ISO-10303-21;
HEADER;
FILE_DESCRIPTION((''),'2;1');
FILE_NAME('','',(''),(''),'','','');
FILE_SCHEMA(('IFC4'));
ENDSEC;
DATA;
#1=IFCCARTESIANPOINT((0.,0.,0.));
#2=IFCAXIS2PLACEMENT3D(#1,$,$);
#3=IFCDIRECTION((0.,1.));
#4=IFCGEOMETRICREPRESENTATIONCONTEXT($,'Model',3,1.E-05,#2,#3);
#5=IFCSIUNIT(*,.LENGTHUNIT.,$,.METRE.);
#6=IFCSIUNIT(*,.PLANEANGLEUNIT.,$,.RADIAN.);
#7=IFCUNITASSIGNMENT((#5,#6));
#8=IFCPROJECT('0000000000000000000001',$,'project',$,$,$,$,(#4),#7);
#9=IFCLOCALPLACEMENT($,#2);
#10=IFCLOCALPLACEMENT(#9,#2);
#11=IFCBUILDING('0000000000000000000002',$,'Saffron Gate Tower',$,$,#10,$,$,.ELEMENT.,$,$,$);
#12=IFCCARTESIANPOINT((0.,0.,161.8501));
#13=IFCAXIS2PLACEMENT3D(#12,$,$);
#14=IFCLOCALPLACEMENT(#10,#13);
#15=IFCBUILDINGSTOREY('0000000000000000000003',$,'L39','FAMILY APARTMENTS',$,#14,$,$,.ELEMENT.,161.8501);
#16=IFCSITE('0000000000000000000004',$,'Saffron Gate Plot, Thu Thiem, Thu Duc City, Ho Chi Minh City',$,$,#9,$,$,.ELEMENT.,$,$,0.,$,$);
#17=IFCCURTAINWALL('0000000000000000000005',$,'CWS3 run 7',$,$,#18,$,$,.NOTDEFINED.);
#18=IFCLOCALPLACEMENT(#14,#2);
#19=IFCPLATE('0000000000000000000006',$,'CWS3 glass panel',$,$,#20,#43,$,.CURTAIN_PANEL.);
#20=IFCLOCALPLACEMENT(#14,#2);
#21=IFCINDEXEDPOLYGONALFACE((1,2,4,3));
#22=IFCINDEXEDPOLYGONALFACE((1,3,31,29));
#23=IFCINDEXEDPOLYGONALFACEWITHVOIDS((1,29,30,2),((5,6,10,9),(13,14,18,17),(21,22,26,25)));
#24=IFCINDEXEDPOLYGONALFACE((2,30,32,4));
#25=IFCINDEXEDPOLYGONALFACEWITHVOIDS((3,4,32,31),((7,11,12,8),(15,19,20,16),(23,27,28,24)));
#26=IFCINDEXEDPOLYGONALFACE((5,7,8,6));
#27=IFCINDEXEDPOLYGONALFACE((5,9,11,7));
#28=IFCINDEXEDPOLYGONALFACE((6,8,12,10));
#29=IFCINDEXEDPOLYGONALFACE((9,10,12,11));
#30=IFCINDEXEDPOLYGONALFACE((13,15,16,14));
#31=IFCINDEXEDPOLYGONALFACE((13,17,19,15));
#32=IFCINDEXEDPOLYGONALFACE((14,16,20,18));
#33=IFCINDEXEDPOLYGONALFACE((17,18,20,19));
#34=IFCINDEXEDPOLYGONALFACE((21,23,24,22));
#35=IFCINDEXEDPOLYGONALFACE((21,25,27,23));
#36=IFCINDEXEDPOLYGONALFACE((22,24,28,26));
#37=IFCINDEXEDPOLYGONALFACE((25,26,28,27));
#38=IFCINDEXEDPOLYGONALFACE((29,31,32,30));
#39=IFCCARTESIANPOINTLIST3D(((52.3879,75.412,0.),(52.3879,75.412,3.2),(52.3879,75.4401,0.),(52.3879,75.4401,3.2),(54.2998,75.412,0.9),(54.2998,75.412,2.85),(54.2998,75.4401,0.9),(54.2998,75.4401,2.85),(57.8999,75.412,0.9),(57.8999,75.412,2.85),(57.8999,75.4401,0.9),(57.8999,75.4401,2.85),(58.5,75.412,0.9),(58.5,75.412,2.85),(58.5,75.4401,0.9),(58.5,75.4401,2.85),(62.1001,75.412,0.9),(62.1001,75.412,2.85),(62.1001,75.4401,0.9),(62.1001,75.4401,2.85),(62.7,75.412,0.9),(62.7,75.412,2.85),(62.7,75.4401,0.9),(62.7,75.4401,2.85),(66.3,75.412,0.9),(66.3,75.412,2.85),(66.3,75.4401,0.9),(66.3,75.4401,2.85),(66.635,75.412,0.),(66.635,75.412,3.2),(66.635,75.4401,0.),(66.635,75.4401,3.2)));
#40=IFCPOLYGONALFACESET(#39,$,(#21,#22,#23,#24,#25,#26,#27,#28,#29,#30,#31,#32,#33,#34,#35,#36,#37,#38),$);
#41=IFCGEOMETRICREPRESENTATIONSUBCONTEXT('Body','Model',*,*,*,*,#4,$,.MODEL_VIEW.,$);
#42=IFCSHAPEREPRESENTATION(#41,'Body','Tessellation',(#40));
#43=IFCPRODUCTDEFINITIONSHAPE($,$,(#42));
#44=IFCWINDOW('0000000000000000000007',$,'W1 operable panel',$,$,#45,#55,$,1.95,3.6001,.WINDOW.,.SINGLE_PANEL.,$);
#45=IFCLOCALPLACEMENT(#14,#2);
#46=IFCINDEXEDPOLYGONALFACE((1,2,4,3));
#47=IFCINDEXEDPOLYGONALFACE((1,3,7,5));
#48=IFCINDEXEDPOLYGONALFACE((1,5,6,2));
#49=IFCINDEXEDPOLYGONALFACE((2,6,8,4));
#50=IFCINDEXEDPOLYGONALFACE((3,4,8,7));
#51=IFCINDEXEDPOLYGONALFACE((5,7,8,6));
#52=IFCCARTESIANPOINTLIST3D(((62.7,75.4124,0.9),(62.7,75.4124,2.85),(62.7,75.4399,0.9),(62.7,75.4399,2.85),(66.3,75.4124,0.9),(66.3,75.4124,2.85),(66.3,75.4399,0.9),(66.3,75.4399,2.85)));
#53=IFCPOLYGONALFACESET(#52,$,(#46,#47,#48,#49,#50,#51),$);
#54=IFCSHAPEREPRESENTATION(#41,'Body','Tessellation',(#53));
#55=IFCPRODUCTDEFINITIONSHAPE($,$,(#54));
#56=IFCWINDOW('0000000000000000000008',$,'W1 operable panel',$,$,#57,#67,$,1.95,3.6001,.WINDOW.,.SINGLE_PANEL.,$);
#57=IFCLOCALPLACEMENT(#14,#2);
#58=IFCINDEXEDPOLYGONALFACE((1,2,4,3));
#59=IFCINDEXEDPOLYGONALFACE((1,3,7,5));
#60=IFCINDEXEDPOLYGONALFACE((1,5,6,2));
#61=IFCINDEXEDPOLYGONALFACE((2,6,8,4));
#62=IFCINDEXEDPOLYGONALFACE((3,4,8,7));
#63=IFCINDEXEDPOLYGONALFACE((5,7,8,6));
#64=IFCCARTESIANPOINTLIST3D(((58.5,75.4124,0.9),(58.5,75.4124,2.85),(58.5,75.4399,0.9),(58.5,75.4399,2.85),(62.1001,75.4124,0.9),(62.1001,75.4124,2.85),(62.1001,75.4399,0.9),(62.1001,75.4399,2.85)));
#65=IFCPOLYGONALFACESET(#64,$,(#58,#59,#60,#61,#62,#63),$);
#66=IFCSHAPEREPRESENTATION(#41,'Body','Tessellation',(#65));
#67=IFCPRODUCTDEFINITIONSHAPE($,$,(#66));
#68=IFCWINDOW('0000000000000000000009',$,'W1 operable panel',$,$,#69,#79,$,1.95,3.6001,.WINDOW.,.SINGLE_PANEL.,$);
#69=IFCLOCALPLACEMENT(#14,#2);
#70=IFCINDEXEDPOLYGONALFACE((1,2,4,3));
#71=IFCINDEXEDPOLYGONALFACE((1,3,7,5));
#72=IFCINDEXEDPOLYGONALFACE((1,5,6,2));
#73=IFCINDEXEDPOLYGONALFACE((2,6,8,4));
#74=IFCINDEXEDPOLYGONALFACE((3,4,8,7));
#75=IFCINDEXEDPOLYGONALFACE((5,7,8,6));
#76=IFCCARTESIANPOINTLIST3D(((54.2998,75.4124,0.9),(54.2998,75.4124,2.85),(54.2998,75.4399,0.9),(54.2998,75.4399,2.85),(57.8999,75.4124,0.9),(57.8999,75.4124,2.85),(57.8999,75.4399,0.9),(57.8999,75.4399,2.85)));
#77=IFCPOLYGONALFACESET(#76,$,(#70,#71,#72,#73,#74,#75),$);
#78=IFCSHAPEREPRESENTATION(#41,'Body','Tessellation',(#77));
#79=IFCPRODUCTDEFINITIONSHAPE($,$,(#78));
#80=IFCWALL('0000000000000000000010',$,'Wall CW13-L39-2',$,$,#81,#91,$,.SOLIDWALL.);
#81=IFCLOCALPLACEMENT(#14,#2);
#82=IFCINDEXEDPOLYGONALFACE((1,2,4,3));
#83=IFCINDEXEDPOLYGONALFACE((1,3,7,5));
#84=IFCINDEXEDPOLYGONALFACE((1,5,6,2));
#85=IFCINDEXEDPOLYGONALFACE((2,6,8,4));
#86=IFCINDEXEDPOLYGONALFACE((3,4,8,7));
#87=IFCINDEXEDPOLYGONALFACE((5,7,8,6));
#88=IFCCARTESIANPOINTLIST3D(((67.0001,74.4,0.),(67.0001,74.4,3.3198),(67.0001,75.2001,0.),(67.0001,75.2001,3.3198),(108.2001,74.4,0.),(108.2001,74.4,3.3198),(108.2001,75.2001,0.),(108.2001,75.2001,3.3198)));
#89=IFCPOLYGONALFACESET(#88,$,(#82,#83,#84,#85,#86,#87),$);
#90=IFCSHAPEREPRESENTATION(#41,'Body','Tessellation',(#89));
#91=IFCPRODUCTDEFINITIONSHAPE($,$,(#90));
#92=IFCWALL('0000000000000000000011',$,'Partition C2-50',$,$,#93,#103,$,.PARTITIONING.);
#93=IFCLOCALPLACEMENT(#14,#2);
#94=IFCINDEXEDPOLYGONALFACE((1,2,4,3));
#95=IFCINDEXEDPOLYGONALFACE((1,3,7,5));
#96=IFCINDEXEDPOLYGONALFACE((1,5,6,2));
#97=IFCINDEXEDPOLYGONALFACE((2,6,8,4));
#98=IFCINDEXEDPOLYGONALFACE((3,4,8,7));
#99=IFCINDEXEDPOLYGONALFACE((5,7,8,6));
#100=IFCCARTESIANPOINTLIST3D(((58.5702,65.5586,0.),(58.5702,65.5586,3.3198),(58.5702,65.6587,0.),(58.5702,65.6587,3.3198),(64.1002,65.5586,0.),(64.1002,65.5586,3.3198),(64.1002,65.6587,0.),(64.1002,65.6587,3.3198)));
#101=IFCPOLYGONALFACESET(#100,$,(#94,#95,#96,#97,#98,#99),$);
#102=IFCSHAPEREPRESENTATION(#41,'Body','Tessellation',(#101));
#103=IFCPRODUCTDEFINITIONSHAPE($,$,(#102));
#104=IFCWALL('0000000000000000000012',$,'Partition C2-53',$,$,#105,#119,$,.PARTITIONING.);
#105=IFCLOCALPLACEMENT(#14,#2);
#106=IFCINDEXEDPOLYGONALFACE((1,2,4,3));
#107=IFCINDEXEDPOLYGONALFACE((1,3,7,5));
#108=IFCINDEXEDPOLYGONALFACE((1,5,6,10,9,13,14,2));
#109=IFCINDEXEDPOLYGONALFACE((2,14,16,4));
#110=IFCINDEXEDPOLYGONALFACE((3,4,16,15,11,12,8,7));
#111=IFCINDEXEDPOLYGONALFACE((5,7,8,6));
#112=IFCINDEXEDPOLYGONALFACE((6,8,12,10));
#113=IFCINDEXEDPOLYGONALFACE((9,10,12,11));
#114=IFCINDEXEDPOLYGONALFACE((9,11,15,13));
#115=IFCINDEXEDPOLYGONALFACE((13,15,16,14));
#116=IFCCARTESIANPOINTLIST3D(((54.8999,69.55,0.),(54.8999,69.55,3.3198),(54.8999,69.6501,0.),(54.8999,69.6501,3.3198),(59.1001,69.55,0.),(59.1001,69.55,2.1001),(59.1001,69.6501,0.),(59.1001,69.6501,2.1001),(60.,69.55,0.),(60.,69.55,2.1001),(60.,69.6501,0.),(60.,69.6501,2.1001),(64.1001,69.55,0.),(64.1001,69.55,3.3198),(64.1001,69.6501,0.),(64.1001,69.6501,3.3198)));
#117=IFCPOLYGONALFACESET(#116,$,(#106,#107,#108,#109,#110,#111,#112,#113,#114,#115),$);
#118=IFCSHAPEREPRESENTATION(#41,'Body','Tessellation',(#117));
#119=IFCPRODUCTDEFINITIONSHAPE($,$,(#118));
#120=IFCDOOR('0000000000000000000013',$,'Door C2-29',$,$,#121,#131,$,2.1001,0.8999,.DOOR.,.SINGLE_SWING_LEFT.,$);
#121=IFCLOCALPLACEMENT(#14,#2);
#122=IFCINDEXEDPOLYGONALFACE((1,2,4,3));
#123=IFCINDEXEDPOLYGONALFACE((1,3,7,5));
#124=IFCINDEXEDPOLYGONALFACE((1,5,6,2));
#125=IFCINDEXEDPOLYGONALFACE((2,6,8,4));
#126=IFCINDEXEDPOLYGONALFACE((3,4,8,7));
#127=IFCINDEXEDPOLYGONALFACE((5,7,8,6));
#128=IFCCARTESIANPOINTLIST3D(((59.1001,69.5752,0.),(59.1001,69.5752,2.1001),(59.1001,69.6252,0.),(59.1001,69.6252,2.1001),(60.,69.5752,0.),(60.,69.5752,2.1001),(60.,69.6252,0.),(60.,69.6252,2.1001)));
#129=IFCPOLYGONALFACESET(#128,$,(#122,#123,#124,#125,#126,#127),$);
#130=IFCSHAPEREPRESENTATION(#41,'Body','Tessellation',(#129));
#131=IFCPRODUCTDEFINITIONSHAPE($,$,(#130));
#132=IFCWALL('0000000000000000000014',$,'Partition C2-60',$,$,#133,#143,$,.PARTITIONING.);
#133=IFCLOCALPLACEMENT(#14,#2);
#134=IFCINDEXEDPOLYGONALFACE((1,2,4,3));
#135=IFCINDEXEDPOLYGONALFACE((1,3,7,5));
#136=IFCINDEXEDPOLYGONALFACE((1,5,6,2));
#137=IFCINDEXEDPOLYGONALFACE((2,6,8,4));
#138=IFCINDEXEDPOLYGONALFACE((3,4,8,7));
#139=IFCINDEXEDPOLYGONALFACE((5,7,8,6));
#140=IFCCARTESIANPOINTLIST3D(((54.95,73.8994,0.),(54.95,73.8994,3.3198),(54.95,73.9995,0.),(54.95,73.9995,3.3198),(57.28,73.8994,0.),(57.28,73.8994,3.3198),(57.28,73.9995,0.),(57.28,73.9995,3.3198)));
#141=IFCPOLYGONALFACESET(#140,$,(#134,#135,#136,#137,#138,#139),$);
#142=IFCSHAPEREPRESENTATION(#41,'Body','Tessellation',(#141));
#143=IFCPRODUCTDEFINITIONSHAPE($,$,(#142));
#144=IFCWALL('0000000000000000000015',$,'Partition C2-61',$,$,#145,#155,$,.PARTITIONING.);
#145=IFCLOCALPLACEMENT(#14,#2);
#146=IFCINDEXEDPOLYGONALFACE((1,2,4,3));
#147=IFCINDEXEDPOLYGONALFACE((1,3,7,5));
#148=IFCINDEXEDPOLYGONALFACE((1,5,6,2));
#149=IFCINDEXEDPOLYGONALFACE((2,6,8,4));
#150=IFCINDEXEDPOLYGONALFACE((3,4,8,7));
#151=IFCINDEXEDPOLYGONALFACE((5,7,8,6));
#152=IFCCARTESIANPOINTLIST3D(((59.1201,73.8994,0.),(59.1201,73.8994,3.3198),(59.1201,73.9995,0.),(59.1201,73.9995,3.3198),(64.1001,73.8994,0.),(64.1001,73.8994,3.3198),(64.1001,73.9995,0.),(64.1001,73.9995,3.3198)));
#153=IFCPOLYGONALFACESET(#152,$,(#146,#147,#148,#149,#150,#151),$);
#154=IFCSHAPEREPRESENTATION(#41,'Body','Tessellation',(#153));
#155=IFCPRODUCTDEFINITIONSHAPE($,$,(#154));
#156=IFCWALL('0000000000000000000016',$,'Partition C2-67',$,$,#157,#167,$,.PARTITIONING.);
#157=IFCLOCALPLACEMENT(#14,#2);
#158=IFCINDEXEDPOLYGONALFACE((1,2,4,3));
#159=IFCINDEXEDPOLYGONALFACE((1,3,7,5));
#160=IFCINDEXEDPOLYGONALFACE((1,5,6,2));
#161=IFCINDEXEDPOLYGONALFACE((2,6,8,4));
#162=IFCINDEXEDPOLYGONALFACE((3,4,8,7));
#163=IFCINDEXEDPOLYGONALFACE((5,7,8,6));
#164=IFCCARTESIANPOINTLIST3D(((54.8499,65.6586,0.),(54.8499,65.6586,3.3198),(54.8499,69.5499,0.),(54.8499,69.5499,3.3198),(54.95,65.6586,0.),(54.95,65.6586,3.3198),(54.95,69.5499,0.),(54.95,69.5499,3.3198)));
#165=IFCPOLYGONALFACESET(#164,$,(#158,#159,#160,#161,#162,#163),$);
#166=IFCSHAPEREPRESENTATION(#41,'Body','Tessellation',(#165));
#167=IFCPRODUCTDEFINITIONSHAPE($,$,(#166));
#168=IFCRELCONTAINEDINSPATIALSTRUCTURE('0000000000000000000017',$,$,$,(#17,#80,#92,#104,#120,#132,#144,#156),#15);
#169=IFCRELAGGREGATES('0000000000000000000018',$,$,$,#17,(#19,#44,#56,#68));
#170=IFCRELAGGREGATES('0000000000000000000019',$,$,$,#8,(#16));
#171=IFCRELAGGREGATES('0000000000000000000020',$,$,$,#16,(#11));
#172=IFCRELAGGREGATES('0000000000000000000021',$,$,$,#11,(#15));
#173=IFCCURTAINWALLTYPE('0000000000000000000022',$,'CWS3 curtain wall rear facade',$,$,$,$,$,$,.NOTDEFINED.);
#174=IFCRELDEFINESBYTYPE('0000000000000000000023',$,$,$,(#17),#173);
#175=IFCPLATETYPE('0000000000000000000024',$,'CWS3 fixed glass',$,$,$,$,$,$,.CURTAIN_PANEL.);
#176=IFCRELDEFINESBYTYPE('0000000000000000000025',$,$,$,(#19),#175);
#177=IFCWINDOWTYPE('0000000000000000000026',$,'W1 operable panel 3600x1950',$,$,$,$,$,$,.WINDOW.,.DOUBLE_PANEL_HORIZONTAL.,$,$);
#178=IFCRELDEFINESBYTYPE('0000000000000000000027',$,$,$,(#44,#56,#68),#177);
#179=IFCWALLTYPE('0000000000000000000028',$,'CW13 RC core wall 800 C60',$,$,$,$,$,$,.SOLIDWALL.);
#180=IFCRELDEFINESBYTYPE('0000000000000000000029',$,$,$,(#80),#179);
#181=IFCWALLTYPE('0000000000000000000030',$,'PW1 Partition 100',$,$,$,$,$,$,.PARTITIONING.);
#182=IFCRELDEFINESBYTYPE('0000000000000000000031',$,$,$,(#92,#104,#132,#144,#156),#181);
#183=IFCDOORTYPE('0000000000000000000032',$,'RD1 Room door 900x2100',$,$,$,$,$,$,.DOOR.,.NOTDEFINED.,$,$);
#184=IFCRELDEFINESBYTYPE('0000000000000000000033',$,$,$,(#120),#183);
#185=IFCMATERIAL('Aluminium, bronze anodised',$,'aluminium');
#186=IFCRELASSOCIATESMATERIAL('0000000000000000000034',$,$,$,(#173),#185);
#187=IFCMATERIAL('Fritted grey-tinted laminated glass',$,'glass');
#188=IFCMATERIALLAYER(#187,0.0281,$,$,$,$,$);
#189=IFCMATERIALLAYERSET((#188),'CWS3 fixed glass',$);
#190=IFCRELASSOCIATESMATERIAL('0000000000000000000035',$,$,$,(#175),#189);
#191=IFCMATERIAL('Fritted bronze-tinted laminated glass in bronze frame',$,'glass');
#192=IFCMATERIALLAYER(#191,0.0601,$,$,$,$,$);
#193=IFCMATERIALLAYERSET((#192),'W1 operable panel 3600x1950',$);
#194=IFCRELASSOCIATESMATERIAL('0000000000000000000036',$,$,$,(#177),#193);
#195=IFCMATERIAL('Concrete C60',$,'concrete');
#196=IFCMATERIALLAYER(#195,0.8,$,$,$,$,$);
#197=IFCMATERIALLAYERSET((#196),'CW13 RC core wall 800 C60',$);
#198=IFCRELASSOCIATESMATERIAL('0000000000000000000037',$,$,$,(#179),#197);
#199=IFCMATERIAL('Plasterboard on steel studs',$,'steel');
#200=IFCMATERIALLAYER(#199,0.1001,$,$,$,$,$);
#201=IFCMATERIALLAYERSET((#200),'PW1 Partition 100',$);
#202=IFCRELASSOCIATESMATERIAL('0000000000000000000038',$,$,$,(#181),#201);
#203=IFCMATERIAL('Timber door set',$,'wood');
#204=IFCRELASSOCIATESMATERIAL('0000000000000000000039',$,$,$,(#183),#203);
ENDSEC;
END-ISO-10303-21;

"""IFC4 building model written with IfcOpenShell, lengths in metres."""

from ifc_helpers import new_model, si_unit, direction, frame, frame_2d, origin, place, context, subcontext, project, spatial, rectangle, extrude, material, layer, layer_set, type_object, element, fill, aggregate, save


model = new_model("IFC4")

# Units and contexts
model_context = context("Model", 3, precision=1e-05, world=origin(), true_north=direction((0.0, 1.0)))
body_context = subcontext(model_context, "Body", "Model", "MODEL_VIEW")
ifc_project = project(units=[si_unit("LENGTHUNIT", "METRE"), si_unit("PLANEANGLEUNIT", "RADIAN")], contexts=[model_context])

# Site, building, storey
site_placement = place(None, origin())
site = spatial("IfcSite", under=ifc_project, at=site_placement, Name="Saffron Gate Plot, Thu Thiem, Thu Duc City, Ho Chi Minh City", CompositionType="ELEMENT", RefElevation=0.0)
building_placement = place(site_placement, origin())
building = spatial("IfcBuilding", under=site, at=building_placement, Name="Saffron Gate Tower", CompositionType="ELEMENT")
storey_placement = place(building_placement, frame((0.0, 0.0, 161.8501)))
storey = spatial("IfcBuildingStorey", under=building, at=storey_placement, Name="L39", Description="FAMILY APARTMENTS", CompositionType="ELEMENT", Elevation=161.8501)

# Curtain wall, plate, openings, windows
ifc_material_1 = material(Name="Aluminium, bronze anodised", Category="aluminium")
curtain_wall_type = type_object("IfcCurtainWallType", Name="CWS3 curtain wall rear facade", PredefinedType="NOTDEFINED", material=ifc_material_1)
curtain_wall_placement = place(storey_placement, origin())
curtain_wall = element("IfcCurtainWall", 1, at=curtain_wall_placement, inside=storey, type_object=curtain_wall_type, Name="CWS3 run 7", PredefinedType="NOTDEFINED")
ifc_material_2 = material(Name="Fritted grey-tinted laminated glass", Category="glass")
ifc_layer_1 = layer(ifc_material_2, 0.0281)
ifc_layer_set_1 = layer_set([ifc_layer_1], Name="CWS3 fixed glass")
plate_type = type_object("IfcPlateType", Name="CWS3 fixed glass", PredefinedType="CURTAIN_PANEL", material=ifc_layer_set_1)
plate_placement = place(storey_placement, frame((66.635, 75.426, 0.0), z_axis=(0.0, 0.0, 1.0), x_axis=(-1.0, 0.0, 0.0)))
plate = element("IfcPlate", 2, at=plate_placement, type_object=plate_type, Name="CWS3 glass panel", PredefinedType="CURTAIN_PANEL", context=body_context, shape_type="SweptSolid", body=[
    extrude(rectangle(XDim=14.2471, YDim=0.0281, at=frame_2d((7.1235, 0.0))), origin(), (0.0, 0.0, 1.0), 3.2),
])
opening_1_placement = place(plate_placement, frame((0.335, 0.0, 0.8999)))
opening_1 = element("IfcOpeningElement", 3, at=opening_1_placement, cuts=plate, PredefinedType="OPENING", context=body_context, shape_type="SweptSolid", body=[
    extrude(rectangle(XDim=3.6001, YDim=1.95, at=frame_2d((1.8, 0.9751))), frame((0.0, 0.0239, 0.0), z_axis=(0.0, -1.0, 0.0), x_axis=(1.0, 0.0, 0.0)), (0.0, 0.0, 1.0), 0.0481),
])
opening_2_placement = place(plate_placement, frame((4.5349, 0.0, 0.8999)))
opening_2 = element("IfcOpeningElement", 4, at=opening_2_placement, cuts=plate, PredefinedType="OPENING", context=body_context, shape_type="SweptSolid", body=[
    extrude(rectangle(XDim=3.6001, YDim=1.95, at=frame_2d((1.8, 0.9751))), frame((0.0, 0.0239, 0.0), z_axis=(0.0, -1.0, 0.0), x_axis=(1.0, 0.0, 0.0)), (0.0, 0.0, 1.0), 0.0481),
])
opening_3_placement = place(plate_placement, frame((8.7351, 0.0, 0.8999)))
opening_3 = element("IfcOpeningElement", 5, at=opening_3_placement, cuts=plate, PredefinedType="OPENING", context=body_context, shape_type="SweptSolid", body=[
    extrude(rectangle(XDim=3.6001, YDim=1.95, at=frame_2d((1.8, 0.9751))), frame((0.0, 0.0239, 0.0), z_axis=(0.0, -1.0, 0.0), x_axis=(1.0, 0.0, 0.0)), (0.0, 0.0, 1.0), 0.0481),
])
ifc_material_3 = material(Name="Fritted bronze-tinted laminated glass in bronze frame", Category="glass")
ifc_layer_2 = layer(ifc_material_3, 0.0601)
ifc_layer_set_2 = layer_set([ifc_layer_2], Name="W1 operable panel 3600x1950")
window_type = type_object("IfcWindowType", Name="W1 operable panel 3600x1950", PartitioningType="DOUBLE_PANEL_HORIZONTAL", PredefinedType="WINDOW", material=ifc_layer_set_2)
window_1_placement = place(opening_1_placement, origin())
window_1 = element("IfcWindow", 6, at=window_1_placement, type_object=window_type, Name="W1 operable panel", OverallHeight=1.95, OverallWidth=3.6001, PartitioningType="SINGLE_PANEL", PredefinedType="WINDOW", context=body_context, shape_type="SweptSolid", body=[
    extrude(rectangle(XDim=3.6001, YDim=1.95, at=frame_2d((1.8, 0.9751))), frame((0.0, 0.0137, 0.0), z_axis=(0.0, -1.0, 0.0), x_axis=(1.0, 0.0, 0.0)), (0.0, 0.0, 1.0), 0.0276),
])
fill(opening_1, window_1)
window_2_placement = place(opening_2_placement, origin())
window_2 = element("IfcWindow", 7, at=window_2_placement, type_object=window_type, Name="W1 operable panel", OverallHeight=1.95, OverallWidth=3.6001, PartitioningType="SINGLE_PANEL", PredefinedType="WINDOW", context=body_context, shape_type="SweptSolid", body=[
    extrude(rectangle(XDim=3.6001, YDim=1.95, at=frame_2d((1.8, 0.9751))), frame((0.0, 0.0137, 0.0), z_axis=(0.0, -1.0, 0.0), x_axis=(1.0, 0.0, 0.0)), (0.0, 0.0, 1.0), 0.0276),
])
fill(opening_2, window_2)
window_3_placement = place(opening_3_placement, origin())
window_3 = element("IfcWindow", 8, at=window_3_placement, type_object=window_type, Name="W1 operable panel", OverallHeight=1.95, OverallWidth=3.6001, PartitioningType="SINGLE_PANEL", PredefinedType="WINDOW", context=body_context, shape_type="SweptSolid", body=[
    extrude(rectangle(XDim=3.6001, YDim=1.95, at=frame_2d((1.8, 0.9751))), frame((0.0, 0.0137, 0.0), z_axis=(0.0, -1.0, 0.0), x_axis=(1.0, 0.0, 0.0)), (0.0, 0.0, 1.0), 0.0276),
])
fill(opening_3, window_3)
aggregate(curtain_wall, [plate, window_1, window_2, window_3])

# Walls
ifc_material_4 = material(Name="Concrete C60", Category="concrete")
ifc_layer_3 = layer(ifc_material_4, 0.8)
ifc_layer_set_3 = layer_set([ifc_layer_3], Name="CW13 RC core wall 800 C60")
wall_type_1 = type_object("IfcWallType", Name="CW13 RC core wall 800 C60", PredefinedType="SOLIDWALL", material=ifc_layer_set_3)
wall_1_placement = place(storey_placement, frame((67.0, 74.8, 0.0), z_axis=(0.0, 0.0, 1.0), x_axis=(1.0, 0.0, 0.0)))
element("IfcWall", 9, at=wall_1_placement, inside=storey, type_object=wall_type_1, Name="Wall CW13-L39-2", PredefinedType="SOLIDWALL", context=body_context, shape_type="SweptSolid", body=[
    extrude(rectangle(XDim=41.2, YDim=0.8, at=frame_2d((20.6001, 0.0))), origin(), (0.0, 0.0, 1.0), 3.3198),
])
ifc_material_5 = material(Name="Plasterboard on steel studs", Category="steel")
ifc_layer_4 = layer(ifc_material_5, 0.1001)
ifc_layer_set_4 = layer_set([ifc_layer_4], Name="PW1 Partition 100")
wall_type_2 = type_object("IfcWallType", Name="PW1 Partition 100", PredefinedType="PARTITIONING", material=ifc_layer_set_4)
wall_2_placement = place(storey_placement, frame((58.5701, 65.6086, 0.0), z_axis=(0.0, 0.0, 1.0), x_axis=(1.0, 0.0, 0.0)))
element("IfcWall", 10, at=wall_2_placement, inside=storey, type_object=wall_type_2, Name="Partition C2-50", PredefinedType="PARTITIONING", context=body_context, shape_type="SweptSolid", body=[
    extrude(rectangle(XDim=5.53, YDim=0.1001, at=frame_2d((2.7651, 0.0))), origin(), (0.0, 0.0, 1.0), 3.3198),
])

# Wall, opening, door
wall_3_placement = place(storey_placement, frame((64.1001, 69.6001, 0.0), z_axis=(0.0, 0.0, 1.0), x_axis=(-1.0, 0.0, 0.0)))
wall_3 = element("IfcWall", 11, at=wall_3_placement, inside=storey, type_object=wall_type_2, Name="Partition C2-53", PredefinedType="PARTITIONING", context=body_context, shape_type="SweptSolid", body=[
    extrude(rectangle(XDim=9.2002, YDim=0.1001, at=frame_2d((4.6001, 0.0))), origin(), (0.0, 0.0, 1.0), 3.3198),
])
opening_4_placement = place(wall_3_placement, frame((4.1001, 0.0, 0.0)))
opening_4 = element("IfcOpeningElement", 12, at=opening_4_placement, cuts=wall_3, PredefinedType="OPENING", context=body_context, shape_type="SweptSolid", body=[
    extrude(rectangle(XDim=0.8999, YDim=2.1001, at=frame_2d((0.45, 1.05))), frame((0.0, 0.0601, 0.0), z_axis=(0.0, -1.0, 0.0), x_axis=(1.0, 0.0, 0.0)), (0.0, 0.0, 1.0), 0.1201),
])
ifc_material_6 = material(Name="Timber door set", Category="wood")
door_type_1 = type_object("IfcDoorType", Name="RD1 Room door 900x2100", OperationType="NOTDEFINED", PredefinedType="DOOR", material=ifc_material_6)
door_1_placement = place(opening_4_placement, origin())
door_1 = element("IfcDoor", 13, at=door_1_placement, inside=storey, type_object=door_type_1, Name="Door C2-29", OperationType="SINGLE_SWING_LEFT", OverallHeight=2.1001, OverallWidth=0.8999, PredefinedType="DOOR", context=body_context, shape_type="SweptSolid", body=[
    extrude(rectangle(XDim=0.8999, YDim=2.1001, at=frame_2d((0.45, 1.05))), frame((0.0, 0.0249, 0.0), z_axis=(0.0, -1.0, 0.0), x_axis=(1.0, 0.0, 0.0)), (0.0, 0.0, 1.0), 0.05),
])
fill(opening_4, door_1)

# Walls
wall_4_placement = place(storey_placement, frame((54.95, 73.9495, 0.0), z_axis=(0.0, 0.0, 1.0), x_axis=(1.0, 0.0, 0.0)))
element("IfcWall", 14, at=wall_4_placement, inside=storey, type_object=wall_type_2, Name="Partition C2-60", PredefinedType="PARTITIONING", context=body_context, shape_type="SweptSolid", body=[
    extrude(rectangle(XDim=2.3301, YDim=0.1001, at=frame_2d((1.165, 0.0))), origin(), (0.0, 0.0, 1.0), 3.3198),
])
wall_5_placement = place(storey_placement, frame((59.1201, 73.9495, 0.0), z_axis=(0.0, 0.0, 1.0), x_axis=(1.0, 0.0, 0.0)))
element("IfcWall", 15, at=wall_5_placement, inside=storey, type_object=wall_type_2, Name="Partition C2-61", PredefinedType="PARTITIONING", context=body_context, shape_type="SweptSolid", body=[
    extrude(rectangle(XDim=4.98, YDim=0.1001, at=frame_2d((2.49, 0.0))), origin(), (0.0, 0.0, 1.0), 3.3198),
])
wall_6_placement = place(storey_placement, frame((54.8999, 69.55, 0.0), z_axis=(0.0, 0.0, 1.0), x_axis=(0.0, -1.0, 0.0)))
element("IfcWall", 16, at=wall_6_placement, inside=storey, type_object=wall_type_2, Name="Partition C2-67", PredefinedType="PARTITIONING", context=body_context, shape_type="SweptSolid", body=[
    extrude(rectangle(XDim=3.8914, YDim=0.1001, at=frame_2d((1.9458, 0.0))), origin(), (0.0, 0.0, 1.0), 3.3198),
])

save(model, "model.ifc")
